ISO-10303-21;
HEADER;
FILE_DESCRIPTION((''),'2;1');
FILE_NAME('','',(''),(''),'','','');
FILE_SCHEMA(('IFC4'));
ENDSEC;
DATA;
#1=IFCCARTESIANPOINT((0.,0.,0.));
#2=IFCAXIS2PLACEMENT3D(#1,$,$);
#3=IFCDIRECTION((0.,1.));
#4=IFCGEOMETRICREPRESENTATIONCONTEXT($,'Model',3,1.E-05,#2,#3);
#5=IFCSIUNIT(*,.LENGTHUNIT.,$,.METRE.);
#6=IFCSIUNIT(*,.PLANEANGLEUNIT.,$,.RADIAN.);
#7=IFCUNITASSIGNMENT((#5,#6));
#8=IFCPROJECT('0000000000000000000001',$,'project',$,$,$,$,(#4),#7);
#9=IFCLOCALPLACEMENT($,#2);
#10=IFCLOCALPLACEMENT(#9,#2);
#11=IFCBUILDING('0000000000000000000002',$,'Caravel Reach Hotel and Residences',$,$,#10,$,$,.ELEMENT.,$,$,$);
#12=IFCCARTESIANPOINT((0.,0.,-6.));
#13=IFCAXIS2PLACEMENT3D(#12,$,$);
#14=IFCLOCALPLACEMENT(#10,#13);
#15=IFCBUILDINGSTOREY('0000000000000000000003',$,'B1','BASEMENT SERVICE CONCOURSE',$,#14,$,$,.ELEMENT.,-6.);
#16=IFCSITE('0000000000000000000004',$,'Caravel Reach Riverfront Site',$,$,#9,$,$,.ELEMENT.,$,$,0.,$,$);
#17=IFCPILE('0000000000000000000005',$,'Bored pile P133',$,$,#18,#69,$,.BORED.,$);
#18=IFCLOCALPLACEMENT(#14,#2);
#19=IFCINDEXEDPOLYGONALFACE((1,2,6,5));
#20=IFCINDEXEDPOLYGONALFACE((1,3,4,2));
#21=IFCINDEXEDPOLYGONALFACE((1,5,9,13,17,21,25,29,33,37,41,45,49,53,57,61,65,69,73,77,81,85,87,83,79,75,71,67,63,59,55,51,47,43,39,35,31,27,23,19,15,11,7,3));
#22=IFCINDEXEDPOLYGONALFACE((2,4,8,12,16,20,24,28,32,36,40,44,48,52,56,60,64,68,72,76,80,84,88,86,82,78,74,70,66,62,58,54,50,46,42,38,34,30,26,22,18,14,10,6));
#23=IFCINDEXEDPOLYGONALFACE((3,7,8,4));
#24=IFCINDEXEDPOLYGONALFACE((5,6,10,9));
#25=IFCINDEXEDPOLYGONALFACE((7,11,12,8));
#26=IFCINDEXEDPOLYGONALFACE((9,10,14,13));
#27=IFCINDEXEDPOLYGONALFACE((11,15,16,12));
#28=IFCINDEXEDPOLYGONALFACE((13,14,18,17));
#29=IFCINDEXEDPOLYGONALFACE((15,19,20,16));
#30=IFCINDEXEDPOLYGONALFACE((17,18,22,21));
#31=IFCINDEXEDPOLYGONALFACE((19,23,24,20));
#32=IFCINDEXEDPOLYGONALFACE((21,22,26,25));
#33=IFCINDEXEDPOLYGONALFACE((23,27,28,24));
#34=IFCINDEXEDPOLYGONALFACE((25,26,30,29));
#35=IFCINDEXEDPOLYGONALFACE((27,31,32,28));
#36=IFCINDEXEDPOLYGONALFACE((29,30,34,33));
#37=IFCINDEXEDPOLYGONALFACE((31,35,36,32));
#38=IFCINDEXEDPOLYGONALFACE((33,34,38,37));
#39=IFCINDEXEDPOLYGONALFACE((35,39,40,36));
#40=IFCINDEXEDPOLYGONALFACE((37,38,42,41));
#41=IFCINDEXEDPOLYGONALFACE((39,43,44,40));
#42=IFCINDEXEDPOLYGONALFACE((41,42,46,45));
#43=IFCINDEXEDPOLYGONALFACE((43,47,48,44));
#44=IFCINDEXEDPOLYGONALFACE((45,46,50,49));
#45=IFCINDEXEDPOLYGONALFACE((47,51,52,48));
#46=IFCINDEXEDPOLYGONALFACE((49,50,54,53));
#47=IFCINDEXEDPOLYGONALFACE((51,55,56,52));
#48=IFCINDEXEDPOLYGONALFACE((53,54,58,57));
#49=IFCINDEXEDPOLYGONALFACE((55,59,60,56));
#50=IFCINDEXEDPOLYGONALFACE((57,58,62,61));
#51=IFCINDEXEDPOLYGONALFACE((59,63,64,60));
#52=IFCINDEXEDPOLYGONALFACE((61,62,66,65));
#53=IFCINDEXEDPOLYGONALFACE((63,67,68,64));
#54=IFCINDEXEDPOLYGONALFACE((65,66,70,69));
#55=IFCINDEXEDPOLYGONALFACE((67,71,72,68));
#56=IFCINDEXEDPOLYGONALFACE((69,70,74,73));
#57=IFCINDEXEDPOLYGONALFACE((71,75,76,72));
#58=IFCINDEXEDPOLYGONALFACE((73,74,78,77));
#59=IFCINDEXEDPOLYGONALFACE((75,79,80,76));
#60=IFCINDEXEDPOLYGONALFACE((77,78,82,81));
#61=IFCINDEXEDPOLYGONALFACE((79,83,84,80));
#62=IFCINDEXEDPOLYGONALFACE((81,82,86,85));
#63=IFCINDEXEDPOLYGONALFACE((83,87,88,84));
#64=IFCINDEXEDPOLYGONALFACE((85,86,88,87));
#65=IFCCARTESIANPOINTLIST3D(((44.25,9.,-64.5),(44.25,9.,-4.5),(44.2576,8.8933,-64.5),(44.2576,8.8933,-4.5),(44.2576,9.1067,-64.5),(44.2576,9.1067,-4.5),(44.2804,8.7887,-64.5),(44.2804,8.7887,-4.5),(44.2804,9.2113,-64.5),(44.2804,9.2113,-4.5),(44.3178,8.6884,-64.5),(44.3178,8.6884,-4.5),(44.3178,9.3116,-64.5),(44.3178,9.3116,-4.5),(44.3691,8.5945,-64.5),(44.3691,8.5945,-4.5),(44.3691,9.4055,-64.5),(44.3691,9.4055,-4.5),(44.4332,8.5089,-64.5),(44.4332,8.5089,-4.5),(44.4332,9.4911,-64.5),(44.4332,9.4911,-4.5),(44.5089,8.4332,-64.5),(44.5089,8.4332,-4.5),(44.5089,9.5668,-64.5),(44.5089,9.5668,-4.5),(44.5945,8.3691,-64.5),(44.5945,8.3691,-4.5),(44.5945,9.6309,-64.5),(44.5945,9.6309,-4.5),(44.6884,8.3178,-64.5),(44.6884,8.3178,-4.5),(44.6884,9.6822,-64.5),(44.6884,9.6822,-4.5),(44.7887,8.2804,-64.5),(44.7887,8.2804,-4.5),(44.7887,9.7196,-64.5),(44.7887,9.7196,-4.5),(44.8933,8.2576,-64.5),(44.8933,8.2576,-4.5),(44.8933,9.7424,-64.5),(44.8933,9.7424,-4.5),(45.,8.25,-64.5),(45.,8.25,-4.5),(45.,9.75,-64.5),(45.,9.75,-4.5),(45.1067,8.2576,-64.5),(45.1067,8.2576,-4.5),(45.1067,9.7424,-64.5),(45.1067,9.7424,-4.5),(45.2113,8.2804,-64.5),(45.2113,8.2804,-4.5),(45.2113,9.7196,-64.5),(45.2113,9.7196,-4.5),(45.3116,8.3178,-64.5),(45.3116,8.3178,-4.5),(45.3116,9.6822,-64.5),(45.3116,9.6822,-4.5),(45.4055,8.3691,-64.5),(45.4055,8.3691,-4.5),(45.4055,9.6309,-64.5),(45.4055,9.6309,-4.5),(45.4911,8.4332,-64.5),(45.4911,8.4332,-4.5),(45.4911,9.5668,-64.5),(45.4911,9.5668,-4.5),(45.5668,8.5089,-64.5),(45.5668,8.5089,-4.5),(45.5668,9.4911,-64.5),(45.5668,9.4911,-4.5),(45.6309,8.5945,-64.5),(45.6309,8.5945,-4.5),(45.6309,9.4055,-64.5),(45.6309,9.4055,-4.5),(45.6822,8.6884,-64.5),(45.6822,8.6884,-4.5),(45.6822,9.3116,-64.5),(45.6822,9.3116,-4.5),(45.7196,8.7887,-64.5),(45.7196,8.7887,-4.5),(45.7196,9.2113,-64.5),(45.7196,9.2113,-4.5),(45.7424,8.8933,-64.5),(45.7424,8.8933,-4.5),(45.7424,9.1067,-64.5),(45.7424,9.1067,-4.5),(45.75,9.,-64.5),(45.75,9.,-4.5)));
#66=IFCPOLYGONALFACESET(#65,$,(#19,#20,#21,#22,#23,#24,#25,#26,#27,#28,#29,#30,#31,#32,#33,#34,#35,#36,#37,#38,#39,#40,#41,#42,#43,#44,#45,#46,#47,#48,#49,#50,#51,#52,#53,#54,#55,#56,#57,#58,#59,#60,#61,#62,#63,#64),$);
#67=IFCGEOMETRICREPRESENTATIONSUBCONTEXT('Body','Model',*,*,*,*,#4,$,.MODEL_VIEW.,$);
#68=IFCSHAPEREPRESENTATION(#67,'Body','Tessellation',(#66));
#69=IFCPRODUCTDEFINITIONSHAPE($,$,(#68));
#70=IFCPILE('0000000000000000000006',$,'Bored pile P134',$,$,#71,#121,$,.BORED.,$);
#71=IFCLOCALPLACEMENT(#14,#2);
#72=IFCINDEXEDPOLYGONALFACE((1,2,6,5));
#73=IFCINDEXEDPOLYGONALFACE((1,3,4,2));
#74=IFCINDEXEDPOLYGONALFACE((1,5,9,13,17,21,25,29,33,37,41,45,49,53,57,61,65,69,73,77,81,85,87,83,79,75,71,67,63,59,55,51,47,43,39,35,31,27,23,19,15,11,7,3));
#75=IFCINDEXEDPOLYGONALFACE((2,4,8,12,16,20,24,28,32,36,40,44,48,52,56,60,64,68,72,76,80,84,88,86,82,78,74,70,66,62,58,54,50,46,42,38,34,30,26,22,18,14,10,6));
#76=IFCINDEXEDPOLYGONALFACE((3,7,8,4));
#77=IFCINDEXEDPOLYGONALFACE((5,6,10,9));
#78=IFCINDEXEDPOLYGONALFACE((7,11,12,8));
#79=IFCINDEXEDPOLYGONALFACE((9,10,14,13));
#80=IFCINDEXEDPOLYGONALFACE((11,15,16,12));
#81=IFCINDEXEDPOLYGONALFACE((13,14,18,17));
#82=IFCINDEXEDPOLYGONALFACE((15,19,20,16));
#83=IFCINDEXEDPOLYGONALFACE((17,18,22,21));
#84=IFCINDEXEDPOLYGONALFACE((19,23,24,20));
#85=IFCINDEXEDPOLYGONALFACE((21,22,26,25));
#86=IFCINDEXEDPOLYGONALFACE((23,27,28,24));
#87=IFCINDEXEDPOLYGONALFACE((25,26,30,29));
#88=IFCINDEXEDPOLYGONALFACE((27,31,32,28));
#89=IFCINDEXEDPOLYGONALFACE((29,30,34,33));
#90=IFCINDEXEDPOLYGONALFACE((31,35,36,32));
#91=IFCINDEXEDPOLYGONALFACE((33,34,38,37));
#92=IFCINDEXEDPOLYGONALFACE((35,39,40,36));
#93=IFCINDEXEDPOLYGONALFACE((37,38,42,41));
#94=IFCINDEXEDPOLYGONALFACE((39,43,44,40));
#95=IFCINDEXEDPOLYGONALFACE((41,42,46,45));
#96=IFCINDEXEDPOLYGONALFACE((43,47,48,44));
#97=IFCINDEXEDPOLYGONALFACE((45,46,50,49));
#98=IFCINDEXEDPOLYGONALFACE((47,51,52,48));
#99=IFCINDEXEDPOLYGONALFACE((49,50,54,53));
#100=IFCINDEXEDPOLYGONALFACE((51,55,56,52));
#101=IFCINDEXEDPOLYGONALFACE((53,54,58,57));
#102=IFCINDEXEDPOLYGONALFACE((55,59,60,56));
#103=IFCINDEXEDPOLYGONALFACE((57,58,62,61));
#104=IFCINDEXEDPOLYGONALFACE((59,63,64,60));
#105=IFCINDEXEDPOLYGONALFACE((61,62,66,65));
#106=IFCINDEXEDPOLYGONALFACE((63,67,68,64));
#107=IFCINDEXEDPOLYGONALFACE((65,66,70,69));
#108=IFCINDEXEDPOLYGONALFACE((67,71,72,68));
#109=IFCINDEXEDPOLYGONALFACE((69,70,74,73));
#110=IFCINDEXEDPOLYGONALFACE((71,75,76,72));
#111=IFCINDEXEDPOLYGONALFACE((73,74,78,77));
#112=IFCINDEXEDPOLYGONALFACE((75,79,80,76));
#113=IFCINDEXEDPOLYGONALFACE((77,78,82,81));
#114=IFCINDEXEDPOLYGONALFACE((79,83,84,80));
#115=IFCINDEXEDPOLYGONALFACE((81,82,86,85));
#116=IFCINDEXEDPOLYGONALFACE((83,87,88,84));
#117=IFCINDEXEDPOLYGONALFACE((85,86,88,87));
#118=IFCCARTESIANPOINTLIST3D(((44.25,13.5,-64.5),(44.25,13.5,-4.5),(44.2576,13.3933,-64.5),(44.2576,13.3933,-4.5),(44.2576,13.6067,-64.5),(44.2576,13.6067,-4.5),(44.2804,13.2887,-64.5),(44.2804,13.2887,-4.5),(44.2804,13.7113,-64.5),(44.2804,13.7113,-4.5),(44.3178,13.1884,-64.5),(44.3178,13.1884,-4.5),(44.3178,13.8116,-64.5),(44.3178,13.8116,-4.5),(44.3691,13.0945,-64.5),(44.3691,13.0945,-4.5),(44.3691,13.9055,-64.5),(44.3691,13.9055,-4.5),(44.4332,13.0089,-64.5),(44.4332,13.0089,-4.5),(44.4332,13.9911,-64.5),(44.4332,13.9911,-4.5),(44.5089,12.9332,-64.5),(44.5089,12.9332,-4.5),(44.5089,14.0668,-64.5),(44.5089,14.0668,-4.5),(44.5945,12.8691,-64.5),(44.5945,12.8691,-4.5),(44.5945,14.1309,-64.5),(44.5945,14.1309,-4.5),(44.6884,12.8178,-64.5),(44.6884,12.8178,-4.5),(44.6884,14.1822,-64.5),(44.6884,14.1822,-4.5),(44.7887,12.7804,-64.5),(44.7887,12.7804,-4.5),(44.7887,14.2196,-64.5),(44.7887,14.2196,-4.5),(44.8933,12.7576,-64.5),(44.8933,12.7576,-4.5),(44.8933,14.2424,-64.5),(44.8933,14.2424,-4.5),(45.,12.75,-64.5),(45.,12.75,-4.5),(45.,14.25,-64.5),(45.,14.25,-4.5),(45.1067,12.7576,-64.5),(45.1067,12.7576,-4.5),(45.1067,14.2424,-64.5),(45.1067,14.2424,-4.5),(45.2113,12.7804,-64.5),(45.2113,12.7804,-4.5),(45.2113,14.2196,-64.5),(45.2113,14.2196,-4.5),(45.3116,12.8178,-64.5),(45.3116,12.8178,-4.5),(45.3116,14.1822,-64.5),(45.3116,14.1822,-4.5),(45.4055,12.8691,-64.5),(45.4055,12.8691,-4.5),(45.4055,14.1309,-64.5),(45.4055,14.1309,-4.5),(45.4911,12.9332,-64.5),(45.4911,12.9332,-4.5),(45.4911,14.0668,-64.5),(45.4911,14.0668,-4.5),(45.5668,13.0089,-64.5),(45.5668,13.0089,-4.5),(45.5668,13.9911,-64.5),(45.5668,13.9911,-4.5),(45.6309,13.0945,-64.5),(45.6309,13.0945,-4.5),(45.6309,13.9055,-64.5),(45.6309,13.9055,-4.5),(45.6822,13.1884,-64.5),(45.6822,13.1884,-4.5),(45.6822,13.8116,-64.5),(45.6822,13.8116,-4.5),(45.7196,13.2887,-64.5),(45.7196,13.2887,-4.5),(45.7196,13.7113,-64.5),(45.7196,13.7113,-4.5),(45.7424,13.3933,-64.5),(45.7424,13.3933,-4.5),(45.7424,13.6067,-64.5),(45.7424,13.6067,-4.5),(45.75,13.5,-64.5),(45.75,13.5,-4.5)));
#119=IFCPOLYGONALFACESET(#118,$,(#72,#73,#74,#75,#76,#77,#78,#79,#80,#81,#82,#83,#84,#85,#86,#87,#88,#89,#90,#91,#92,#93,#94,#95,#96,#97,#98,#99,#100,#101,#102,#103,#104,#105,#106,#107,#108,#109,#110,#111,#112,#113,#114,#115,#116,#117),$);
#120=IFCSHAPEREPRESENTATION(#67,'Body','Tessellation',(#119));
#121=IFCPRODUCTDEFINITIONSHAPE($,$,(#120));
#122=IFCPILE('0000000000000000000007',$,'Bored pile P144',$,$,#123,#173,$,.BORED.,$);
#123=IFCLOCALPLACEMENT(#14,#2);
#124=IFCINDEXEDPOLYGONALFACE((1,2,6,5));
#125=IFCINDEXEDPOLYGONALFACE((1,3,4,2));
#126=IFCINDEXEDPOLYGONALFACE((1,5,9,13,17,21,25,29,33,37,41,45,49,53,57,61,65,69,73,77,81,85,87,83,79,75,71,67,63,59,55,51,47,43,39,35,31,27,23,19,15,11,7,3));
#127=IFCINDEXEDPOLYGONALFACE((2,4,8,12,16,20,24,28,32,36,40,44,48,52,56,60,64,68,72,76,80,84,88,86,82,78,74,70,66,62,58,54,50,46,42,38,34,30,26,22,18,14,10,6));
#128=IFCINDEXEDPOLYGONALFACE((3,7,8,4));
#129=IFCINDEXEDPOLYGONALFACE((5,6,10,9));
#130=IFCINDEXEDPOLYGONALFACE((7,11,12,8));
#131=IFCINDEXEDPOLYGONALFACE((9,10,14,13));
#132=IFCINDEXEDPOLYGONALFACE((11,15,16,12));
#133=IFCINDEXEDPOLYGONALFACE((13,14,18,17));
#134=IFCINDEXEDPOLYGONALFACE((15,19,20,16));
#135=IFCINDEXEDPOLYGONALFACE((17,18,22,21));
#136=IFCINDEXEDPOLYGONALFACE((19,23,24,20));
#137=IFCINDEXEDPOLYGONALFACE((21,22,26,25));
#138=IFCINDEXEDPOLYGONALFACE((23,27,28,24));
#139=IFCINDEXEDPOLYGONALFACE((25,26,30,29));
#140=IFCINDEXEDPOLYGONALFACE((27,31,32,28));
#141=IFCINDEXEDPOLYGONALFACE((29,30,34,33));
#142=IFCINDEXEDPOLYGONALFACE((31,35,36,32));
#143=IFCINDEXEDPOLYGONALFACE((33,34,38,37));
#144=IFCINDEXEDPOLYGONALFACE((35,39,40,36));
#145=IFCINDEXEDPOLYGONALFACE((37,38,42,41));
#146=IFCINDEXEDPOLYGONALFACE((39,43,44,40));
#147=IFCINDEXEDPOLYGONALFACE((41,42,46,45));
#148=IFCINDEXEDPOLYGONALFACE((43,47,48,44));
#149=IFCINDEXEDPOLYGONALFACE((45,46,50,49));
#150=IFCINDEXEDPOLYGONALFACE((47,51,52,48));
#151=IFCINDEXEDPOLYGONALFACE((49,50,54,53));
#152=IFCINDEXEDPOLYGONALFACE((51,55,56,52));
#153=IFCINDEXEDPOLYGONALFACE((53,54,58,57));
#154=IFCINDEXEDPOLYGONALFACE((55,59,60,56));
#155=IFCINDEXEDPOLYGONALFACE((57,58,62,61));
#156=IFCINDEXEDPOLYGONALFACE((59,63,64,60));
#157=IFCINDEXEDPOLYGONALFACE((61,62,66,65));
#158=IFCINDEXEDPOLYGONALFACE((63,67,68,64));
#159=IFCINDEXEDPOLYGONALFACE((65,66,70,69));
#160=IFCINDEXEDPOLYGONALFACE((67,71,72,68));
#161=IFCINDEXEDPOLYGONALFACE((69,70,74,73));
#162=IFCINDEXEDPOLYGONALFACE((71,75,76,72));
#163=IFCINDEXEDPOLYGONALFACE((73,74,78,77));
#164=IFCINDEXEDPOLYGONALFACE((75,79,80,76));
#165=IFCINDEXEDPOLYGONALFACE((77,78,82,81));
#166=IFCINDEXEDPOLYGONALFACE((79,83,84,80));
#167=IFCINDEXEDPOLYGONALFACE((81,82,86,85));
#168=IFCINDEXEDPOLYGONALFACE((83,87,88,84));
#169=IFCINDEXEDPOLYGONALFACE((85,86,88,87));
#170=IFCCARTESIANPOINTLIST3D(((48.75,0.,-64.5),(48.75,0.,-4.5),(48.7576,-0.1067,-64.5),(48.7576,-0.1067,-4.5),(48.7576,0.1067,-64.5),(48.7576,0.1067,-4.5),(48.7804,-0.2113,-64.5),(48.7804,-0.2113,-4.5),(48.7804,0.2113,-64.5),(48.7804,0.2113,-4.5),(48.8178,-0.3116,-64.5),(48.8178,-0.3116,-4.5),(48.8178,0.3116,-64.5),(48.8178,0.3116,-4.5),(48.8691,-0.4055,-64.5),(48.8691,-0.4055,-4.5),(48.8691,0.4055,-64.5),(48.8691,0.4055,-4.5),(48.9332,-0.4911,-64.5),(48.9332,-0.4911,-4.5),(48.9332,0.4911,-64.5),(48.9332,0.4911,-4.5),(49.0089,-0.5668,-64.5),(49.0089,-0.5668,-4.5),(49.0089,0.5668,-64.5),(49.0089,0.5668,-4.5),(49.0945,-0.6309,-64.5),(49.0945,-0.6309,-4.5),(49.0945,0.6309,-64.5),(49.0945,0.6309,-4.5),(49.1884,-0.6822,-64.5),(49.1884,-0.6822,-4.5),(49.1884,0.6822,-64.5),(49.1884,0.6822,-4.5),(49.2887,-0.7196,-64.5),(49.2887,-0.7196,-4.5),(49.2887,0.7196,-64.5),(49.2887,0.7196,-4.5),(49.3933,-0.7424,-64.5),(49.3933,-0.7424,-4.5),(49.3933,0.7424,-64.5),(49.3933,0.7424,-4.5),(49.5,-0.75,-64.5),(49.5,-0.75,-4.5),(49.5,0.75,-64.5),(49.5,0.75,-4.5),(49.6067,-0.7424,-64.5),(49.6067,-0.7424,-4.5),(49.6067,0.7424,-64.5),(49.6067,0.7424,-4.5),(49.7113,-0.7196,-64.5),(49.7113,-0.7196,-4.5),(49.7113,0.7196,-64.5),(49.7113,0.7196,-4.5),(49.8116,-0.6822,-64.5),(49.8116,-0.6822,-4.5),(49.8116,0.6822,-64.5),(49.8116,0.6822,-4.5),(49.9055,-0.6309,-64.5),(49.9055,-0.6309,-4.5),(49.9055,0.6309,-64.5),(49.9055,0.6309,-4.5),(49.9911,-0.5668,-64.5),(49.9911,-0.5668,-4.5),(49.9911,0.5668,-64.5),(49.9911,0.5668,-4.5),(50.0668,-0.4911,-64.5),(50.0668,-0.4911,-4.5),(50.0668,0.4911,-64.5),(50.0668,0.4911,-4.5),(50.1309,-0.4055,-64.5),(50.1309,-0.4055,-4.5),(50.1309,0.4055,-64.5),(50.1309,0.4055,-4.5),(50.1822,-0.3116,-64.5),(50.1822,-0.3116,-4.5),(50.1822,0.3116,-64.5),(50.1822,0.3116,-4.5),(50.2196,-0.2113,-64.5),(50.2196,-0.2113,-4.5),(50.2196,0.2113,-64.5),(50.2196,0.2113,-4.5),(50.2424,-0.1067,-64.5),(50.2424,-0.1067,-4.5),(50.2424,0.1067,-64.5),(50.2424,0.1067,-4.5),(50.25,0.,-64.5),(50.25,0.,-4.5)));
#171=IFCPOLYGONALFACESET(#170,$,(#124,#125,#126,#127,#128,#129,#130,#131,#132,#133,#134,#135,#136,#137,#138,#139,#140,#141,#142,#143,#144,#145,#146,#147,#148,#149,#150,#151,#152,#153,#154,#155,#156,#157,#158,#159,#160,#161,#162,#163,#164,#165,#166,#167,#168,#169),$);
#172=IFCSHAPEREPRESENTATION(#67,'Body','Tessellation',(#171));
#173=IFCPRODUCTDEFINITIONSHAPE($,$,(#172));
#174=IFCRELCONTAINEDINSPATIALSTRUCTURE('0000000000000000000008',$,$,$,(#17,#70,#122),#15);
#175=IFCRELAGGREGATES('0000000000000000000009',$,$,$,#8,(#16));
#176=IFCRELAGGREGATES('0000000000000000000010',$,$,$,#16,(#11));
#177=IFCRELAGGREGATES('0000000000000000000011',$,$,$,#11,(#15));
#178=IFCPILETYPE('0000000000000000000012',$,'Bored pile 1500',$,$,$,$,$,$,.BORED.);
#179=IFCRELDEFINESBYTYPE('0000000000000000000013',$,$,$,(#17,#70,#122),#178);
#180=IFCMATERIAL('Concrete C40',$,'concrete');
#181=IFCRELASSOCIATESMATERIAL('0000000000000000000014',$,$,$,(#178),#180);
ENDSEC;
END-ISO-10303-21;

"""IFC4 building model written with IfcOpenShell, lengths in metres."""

from ifc_helpers import new_model, si_unit, direction, frame, origin, origin_2d, place, context, subcontext, project, spatial, circle, extrude, material, material_profile, profile_set, type_object, element, save


model = new_model("IFC4")

# Units and contexts
model_context = context("Model", 3, precision=1e-05, world=origin(), true_north=direction((0.0, 1.0)))
body_context = subcontext(model_context, "Body", "Model", "MODEL_VIEW")
ifc_project = project(units=[si_unit("LENGTHUNIT", "METRE"), si_unit("PLANEANGLEUNIT", "RADIAN")], contexts=[model_context])

# Site, building, storey
site_placement = place(None, origin())
site = spatial("IfcSite", under=ifc_project, at=site_placement, Name="Caravel Reach Riverfront Site", CompositionType="ELEMENT", RefElevation=0.0)
building_placement = place(site_placement, origin())
building = spatial("IfcBuilding", under=site, at=building_placement, Name="Caravel Reach Hotel and Residences", CompositionType="ELEMENT")
storey_placement = place(building_placement, frame((0.0, 0.0, -6.0)))
storey = spatial("IfcBuildingStorey", under=building, at=storey_placement, Name="B1", Description="BASEMENT SERVICE CONCOURSE", CompositionType="ELEMENT", Elevation=-6.0)

# Piles
ifc_material_1 = material(Name="Concrete C40", Category="concrete")
ifc_material_profile_1 = material_profile(ifc_material_1, circle(Radius=0.75, at=origin_2d()), Name="PILE 1500")
ifc_profile_set_1 = profile_set([ifc_material_profile_1], Name="Concrete C40")
pile_type = type_object("IfcPileType", Name="Bored pile 1500", PredefinedType="BORED", material=ifc_profile_set_1)
for number, where, z_axis, x_axis, name in (
    (1, (45.0, 9.0, -4.5), (0.0, 0.0, -1.0), (1.0, 0.0, 0.0), "Bored pile P133"),
    (2, (45.0, 13.5, -4.5), (0.0, 0.0, -1.0), (1.0, 0.0, 0.0), "Bored pile P134"),
    (3, (49.5, 0.0, -4.5), (0.0, 0.0, -1.0), (1.0, 0.0, 0.0), "Bored pile P144"),
):
    element("IfcPile", number, at=place(storey_placement, frame(where, z_axis=z_axis, x_axis=x_axis)), inside=storey, type_object=pile_type, Name=name, PredefinedType="BORED", context=body_context, shape_type="SweptSolid", body=[
        extrude(circle(Radius=0.75, at=origin_2d()), origin(), (0.0, 0.0, 1.0), 60.0),
    ])

save(model, "model.ifc")
